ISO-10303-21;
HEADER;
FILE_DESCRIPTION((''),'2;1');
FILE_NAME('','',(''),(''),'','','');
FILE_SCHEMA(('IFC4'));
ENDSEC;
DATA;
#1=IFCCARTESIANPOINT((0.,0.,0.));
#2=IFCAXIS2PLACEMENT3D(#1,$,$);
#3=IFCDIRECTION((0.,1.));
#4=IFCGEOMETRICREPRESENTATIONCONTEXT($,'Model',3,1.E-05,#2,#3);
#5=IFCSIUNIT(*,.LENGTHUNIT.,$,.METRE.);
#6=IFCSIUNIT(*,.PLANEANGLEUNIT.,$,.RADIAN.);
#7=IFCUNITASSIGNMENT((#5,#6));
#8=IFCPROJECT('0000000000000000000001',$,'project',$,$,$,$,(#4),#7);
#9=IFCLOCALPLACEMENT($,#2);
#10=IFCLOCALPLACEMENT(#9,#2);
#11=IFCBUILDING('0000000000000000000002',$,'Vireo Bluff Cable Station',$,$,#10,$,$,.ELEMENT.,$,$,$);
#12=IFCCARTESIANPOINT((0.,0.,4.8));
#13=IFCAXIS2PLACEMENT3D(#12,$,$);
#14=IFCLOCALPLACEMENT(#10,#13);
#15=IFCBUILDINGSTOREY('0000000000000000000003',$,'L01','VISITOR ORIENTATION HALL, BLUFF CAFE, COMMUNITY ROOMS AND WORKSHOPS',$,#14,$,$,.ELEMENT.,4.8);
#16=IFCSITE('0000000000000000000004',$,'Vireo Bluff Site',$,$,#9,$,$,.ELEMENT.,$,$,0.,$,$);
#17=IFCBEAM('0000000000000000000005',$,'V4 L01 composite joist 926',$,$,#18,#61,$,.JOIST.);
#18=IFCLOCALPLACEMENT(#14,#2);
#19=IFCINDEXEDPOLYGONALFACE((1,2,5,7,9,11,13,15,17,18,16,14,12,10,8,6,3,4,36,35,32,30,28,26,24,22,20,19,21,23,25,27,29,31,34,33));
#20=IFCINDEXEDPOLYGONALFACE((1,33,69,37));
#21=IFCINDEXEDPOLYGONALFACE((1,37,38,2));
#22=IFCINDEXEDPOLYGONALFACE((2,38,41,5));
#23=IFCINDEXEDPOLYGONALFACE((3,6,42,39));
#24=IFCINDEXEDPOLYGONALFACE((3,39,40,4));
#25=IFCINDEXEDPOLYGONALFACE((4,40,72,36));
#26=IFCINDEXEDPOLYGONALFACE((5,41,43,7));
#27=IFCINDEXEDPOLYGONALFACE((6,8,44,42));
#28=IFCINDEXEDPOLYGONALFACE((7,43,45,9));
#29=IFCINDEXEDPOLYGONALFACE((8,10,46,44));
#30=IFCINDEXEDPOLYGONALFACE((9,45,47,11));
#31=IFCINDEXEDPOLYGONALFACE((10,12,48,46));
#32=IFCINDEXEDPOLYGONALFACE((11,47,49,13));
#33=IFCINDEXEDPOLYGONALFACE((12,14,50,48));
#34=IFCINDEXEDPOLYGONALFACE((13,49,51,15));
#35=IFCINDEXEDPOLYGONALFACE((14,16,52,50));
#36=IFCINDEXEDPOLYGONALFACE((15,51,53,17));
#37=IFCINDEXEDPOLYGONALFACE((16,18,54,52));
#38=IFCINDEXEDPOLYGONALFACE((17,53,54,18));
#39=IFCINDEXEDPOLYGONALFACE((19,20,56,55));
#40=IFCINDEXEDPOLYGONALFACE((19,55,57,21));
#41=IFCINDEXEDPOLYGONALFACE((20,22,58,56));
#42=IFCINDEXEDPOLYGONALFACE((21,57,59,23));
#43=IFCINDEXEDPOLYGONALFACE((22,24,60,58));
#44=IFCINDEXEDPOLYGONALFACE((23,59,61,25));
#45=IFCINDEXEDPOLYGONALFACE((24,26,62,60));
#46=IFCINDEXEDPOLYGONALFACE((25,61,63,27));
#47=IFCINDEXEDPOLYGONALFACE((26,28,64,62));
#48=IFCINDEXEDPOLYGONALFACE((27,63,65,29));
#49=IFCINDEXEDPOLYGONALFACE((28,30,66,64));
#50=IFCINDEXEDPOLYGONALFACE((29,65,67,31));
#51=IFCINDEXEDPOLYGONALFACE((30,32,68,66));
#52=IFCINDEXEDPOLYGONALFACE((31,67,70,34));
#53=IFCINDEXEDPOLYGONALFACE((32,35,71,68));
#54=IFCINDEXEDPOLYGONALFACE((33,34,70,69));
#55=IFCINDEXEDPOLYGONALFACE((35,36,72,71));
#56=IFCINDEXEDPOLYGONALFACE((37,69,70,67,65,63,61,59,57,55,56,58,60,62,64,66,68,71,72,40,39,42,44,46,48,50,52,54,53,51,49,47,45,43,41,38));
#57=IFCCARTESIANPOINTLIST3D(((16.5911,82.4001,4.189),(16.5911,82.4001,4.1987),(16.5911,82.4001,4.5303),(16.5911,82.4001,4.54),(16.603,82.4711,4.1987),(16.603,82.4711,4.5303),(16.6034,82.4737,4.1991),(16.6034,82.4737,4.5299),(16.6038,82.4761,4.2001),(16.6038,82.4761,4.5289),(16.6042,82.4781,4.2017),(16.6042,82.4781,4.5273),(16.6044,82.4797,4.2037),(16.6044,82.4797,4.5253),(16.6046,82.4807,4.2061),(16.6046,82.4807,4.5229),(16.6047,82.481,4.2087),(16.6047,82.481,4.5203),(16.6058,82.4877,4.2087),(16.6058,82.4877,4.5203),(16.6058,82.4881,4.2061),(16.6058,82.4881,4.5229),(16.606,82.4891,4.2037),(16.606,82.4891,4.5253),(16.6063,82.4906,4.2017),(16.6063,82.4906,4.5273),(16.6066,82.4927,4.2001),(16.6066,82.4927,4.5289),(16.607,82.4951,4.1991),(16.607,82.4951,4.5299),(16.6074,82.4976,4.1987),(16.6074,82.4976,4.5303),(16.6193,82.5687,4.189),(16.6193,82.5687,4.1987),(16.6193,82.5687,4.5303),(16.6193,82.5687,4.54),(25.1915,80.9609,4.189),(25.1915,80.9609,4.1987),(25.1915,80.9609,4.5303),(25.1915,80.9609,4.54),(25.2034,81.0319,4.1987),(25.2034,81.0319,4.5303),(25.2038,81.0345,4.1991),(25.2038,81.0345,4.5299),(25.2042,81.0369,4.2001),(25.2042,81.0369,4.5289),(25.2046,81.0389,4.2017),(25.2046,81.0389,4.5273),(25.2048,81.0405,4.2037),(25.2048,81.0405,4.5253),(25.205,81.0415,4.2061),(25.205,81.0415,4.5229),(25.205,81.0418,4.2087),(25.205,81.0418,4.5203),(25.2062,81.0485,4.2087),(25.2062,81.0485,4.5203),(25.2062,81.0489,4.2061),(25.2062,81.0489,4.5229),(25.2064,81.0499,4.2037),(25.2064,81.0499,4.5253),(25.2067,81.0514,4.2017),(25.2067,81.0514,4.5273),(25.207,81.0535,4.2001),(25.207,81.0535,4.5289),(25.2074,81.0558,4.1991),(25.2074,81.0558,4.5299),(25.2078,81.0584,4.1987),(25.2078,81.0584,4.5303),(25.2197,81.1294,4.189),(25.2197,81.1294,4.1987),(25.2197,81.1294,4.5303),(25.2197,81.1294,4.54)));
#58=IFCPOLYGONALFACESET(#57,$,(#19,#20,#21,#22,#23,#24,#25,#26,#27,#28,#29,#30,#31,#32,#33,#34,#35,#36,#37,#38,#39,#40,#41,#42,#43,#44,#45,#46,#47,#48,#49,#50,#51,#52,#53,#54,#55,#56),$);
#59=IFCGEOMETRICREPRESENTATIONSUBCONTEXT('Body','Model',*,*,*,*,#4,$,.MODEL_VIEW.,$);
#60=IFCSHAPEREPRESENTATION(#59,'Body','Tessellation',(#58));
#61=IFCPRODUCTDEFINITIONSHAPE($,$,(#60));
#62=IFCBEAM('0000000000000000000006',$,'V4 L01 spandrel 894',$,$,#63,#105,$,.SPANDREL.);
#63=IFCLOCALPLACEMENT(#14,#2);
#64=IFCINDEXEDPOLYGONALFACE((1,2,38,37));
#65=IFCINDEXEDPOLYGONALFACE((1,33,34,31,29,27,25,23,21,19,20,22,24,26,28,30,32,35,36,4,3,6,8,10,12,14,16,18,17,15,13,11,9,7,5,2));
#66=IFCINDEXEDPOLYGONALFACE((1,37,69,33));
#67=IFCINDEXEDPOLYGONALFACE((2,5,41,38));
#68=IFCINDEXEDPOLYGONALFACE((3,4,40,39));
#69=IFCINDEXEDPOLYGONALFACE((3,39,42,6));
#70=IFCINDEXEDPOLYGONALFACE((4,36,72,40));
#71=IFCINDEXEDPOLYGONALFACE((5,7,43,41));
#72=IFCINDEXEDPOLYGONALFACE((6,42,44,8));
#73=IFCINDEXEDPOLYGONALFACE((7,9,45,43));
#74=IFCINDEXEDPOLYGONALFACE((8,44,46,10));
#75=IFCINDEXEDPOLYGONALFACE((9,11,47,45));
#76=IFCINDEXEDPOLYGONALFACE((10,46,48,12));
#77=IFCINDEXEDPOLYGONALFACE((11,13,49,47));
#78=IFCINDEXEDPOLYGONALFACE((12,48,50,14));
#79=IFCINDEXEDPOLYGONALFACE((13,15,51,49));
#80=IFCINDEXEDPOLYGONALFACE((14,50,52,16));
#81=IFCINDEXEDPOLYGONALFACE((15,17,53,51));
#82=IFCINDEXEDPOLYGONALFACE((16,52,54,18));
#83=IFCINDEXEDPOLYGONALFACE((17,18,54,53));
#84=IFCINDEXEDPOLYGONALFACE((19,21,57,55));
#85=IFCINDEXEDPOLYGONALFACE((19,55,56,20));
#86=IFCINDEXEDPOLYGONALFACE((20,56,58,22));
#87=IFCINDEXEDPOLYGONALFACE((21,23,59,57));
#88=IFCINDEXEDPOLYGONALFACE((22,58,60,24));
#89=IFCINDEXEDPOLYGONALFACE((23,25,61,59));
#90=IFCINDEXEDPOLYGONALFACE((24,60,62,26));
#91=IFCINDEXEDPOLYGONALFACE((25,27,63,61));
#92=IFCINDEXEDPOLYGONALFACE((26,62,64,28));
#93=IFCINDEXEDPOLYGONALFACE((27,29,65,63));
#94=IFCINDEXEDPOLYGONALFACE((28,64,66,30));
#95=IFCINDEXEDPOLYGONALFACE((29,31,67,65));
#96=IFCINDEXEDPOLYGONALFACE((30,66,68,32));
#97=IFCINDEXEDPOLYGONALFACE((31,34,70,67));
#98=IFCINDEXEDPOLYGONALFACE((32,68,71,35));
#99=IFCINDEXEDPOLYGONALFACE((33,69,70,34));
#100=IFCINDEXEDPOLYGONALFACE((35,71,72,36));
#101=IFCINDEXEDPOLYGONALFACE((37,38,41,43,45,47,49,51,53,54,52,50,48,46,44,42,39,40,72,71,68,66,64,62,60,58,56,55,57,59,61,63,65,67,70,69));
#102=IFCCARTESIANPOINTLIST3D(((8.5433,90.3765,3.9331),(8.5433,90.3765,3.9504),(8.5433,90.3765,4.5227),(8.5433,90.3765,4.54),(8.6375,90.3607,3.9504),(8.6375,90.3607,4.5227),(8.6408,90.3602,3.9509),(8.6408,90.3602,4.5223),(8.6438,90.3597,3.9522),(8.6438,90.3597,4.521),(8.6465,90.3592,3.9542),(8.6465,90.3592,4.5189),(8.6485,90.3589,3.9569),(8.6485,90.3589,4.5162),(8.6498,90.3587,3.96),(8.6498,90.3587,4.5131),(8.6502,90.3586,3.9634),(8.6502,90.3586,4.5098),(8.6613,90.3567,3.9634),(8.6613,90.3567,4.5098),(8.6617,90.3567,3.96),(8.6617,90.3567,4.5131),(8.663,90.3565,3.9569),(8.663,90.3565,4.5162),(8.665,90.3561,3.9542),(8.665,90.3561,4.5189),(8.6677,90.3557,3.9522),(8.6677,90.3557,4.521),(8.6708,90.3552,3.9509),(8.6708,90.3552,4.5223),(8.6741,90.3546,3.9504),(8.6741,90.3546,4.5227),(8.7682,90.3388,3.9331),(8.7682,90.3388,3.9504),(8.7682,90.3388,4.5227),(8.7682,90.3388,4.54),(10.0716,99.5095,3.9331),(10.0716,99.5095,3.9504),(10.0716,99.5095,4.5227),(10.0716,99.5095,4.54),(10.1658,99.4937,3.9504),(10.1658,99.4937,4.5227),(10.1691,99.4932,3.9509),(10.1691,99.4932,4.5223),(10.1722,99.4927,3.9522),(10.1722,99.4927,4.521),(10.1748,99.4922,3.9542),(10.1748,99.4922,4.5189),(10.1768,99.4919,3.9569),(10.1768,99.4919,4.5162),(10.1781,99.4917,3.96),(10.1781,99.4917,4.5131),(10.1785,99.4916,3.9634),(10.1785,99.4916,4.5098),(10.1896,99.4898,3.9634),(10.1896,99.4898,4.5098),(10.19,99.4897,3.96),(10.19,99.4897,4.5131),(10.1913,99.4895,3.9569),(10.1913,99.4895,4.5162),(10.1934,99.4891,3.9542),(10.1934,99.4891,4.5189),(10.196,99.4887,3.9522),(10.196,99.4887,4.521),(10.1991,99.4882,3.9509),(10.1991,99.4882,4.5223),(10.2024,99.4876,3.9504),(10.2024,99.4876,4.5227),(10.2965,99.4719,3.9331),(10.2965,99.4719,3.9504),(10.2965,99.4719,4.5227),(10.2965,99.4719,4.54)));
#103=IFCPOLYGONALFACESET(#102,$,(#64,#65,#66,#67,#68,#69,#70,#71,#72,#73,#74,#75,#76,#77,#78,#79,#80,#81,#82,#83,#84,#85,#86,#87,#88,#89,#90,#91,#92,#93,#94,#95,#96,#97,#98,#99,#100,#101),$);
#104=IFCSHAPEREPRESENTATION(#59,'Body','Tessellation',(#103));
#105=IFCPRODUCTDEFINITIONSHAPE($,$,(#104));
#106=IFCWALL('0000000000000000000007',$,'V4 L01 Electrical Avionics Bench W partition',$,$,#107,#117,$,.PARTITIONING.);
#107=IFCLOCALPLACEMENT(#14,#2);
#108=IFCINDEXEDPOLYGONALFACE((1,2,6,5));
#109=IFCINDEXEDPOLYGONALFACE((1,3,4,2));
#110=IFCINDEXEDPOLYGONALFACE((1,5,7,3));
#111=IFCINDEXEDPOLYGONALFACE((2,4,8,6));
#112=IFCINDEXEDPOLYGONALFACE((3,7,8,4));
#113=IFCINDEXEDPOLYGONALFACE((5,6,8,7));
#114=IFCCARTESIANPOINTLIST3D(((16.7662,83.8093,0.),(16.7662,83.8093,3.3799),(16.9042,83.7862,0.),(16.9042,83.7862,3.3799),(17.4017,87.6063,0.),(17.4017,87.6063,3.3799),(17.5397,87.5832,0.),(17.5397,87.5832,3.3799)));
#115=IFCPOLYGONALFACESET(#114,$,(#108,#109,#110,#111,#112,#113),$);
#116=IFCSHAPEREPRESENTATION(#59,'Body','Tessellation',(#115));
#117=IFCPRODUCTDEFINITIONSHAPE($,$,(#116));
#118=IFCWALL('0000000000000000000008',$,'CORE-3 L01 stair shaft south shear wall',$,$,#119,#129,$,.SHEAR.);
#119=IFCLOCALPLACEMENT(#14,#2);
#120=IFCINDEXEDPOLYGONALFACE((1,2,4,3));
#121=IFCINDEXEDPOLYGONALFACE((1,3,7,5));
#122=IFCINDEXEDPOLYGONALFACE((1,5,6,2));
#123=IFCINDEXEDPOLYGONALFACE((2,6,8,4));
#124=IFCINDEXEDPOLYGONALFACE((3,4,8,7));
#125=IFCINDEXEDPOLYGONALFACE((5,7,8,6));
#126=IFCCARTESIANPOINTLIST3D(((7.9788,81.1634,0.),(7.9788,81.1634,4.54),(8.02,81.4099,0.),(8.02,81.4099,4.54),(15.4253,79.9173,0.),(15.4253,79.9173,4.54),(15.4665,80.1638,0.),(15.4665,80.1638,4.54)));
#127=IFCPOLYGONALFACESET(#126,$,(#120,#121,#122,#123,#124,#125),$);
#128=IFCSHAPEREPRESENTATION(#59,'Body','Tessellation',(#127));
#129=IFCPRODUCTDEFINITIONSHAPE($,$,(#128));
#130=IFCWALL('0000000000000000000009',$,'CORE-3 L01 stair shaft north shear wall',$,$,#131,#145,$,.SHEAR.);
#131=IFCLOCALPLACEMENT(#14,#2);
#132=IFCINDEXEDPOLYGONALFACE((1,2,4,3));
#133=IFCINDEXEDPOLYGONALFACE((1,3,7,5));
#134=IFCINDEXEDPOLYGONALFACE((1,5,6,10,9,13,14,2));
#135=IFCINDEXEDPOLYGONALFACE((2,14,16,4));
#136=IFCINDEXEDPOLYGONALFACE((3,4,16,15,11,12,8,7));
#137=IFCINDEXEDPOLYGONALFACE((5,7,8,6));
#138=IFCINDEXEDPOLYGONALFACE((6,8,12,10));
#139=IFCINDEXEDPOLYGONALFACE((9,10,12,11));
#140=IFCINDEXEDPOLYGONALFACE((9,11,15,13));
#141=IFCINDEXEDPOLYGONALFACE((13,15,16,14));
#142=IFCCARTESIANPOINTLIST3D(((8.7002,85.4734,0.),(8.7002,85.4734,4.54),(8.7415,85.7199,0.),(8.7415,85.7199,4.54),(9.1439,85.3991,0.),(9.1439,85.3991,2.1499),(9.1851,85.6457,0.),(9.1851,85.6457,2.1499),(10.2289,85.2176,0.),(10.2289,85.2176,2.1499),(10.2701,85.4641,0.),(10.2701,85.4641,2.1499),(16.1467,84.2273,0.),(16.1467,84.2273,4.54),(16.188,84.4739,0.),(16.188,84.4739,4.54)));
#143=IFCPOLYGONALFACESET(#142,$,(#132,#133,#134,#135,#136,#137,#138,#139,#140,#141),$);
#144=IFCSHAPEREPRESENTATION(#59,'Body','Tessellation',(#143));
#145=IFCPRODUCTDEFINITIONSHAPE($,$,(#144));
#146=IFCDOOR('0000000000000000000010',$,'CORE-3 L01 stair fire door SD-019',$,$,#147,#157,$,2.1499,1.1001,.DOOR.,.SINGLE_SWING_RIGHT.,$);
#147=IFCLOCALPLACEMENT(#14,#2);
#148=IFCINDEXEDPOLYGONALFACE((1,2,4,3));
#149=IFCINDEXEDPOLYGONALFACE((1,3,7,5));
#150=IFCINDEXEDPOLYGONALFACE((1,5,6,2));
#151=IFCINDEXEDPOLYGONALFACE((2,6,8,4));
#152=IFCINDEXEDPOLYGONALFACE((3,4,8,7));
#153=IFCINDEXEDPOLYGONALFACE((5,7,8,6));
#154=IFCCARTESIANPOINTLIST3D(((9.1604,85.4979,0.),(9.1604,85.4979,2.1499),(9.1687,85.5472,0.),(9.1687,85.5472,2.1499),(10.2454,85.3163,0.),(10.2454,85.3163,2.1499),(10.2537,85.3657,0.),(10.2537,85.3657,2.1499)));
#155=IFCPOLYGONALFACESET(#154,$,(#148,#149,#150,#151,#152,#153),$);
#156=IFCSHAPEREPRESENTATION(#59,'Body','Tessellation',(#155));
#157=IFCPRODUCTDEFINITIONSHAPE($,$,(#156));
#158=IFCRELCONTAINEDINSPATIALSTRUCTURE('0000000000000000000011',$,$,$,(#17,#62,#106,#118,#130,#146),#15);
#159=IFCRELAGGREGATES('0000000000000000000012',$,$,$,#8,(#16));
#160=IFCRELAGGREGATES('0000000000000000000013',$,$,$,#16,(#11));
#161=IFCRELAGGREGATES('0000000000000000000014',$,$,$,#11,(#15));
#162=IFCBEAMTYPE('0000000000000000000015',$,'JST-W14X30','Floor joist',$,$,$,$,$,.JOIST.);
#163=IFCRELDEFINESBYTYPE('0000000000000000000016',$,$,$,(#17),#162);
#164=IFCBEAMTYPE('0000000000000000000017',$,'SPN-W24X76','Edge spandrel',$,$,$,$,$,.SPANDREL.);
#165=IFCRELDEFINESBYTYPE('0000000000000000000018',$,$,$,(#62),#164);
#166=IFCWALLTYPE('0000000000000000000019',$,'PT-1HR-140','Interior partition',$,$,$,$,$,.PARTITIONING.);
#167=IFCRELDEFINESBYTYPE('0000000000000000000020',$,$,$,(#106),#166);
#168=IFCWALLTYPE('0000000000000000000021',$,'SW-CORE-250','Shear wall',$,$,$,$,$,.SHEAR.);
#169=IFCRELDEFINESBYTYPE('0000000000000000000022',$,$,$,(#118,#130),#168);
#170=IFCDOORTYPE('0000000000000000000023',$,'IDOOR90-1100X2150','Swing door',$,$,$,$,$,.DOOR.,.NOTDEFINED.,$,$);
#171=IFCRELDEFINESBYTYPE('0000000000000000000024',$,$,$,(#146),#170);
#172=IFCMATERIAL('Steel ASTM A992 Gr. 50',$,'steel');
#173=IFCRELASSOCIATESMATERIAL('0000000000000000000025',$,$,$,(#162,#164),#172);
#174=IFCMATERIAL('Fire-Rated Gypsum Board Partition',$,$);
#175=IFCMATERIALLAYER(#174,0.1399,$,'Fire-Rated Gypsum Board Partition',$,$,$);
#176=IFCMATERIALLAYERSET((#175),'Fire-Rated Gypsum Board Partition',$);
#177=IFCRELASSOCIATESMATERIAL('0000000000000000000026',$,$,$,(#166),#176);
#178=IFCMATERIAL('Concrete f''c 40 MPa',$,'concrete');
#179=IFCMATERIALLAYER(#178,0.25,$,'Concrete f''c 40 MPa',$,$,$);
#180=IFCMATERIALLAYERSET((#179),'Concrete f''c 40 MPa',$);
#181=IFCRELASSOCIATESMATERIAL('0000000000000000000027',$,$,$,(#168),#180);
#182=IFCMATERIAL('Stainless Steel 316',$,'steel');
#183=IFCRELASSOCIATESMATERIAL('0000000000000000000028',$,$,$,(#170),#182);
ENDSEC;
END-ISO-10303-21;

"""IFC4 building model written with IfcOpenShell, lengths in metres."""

from ifc_helpers import new_model, si_unit, direction, frame, frame_2d, origin, origin_with_axes, origin_2d, place, context, subcontext, project, spatial, rectangle, i_section, extrude, material, layer, layer_set, material_profile, profile_set, type_object, element, fill, save


model = new_model("IFC4")

# Units and contexts
model_context = context("Model", 3, precision=1e-05, world=origin(), true_north=direction((0.0, 1.0)))
body_context = subcontext(model_context, "Body", "Model", "MODEL_VIEW")
ifc_project = project(units=[si_unit("LENGTHUNIT", "METRE"), si_unit("PLANEANGLEUNIT", "RADIAN")], contexts=[model_context])

# Site, building, storey
site_placement = place(None, origin())
site = spatial("IfcSite", under=ifc_project, at=site_placement, Name="Vireo Bluff Site", CompositionType="ELEMENT", RefElevation=0.0)
building_placement = place(site_placement, origin())
building = spatial("IfcBuilding", under=site, at=building_placement, Name="Vireo Bluff Cable Station", CompositionType="ELEMENT")
storey_placement = place(building_placement, frame((0.0, 0.0, 4.8)))
storey = spatial("IfcBuildingStorey", under=building, at=storey_placement, Name="L01", Description="VISITOR ORIENTATION HALL, BLUFF CAFE, COMMUNITY ROOMS AND WORKSHOPS", CompositionType="ELEMENT", Elevation=4.8)

# Shared definitions
ifc_material_1 = material(Name="Steel ASTM A992 Gr. 50", Category="steel")

# Beams
ifc_material_profile_1 = material_profile(ifc_material_1, i_section(OverallWidth=0.1709, OverallDepth=0.3511, WebThickness=0.0068, FlangeThickness=0.0098, FilletRadius=0.01, at=origin_2d()), Name="W14X30")
ifc_profile_set_1 = profile_set([ifc_material_profile_1], Name="Steel ASTM A992 Gr. 50")
beam_type_1 = type_object("IfcBeamType", Name="JST-W14X30", Description="Floor joist", PredefinedType="JOIST", material=ifc_profile_set_1)
beam_1_placement = place(storey_placement, frame((16.6052, 82.4844, 4.3645), z_axis=(0.986286, -0.165048, 0.0), x_axis=(0.165048, 0.986286, 0.0)))
element("IfcBeam", 1, at=beam_1_placement, inside=storey, type_object=beam_type_1, Name="V4 L01 composite joist 926", PredefinedType="JOIST", context=body_context, shape_type="SweptSolid", body=[
    extrude(i_section(OverallWidth=0.1709, OverallDepth=0.3511, WebThickness=0.0068, FlangeThickness=0.0098, FilletRadius=0.01, at=origin_2d()), origin(), (0.0, 0.0, 1.0), 8.72),
])
ifc_material_profile_2 = material_profile(ifc_material_1, i_section(OverallWidth=0.228, OverallDepth=0.6069, WebThickness=0.0112, FlangeThickness=0.0173, FilletRadius=0.0129, at=origin_2d()), Name="W24X76")
ifc_profile_set_2 = profile_set([ifc_material_profile_2], Name="Steel ASTM A992 Gr. 50")
beam_type_2 = type_object("IfcBeamType", Name="SPN-W24X76", Description="Edge spandrel", PredefinedType="SPANDREL", material=ifc_profile_set_2)
beam_2_placement = place(storey_placement, frame((8.6558, 90.3577, 4.2366), z_axis=(0.165045, 0.986286, 0.0), x_axis=(-0.986286, 0.165045, 0.0)))
element("IfcBeam", 2, at=beam_2_placement, inside=storey, type_object=beam_type_2, Name="V4 L01 spandrel 894", PredefinedType="SPANDREL", context=body_context, shape_type="SweptSolid", body=[
    extrude(i_section(OverallWidth=0.228, OverallDepth=0.6069, WebThickness=0.0112, FlangeThickness=0.0173, FilletRadius=0.0129, at=origin_2d()), origin(), (0.0, 0.0, 1.0), 9.26),
])

# Walls
ifc_material_2 = material(Name="Fire-Rated Gypsum Board Partition")
ifc_layer_1 = layer(ifc_material_2, 0.1399, Name="Fire-Rated Gypsum Board Partition")
ifc_layer_set_1 = layer_set([ifc_layer_1], Name="Fire-Rated Gypsum Board Partition")
wall_type_1 = type_object("IfcWallType", Name="PT-1HR-140", Description="Interior partition", PredefinedType="PARTITIONING", material=ifc_layer_set_1)
wall_1_placement = place(storey_placement, frame((16.8352, 83.7979, 0.0), z_axis=(0.0, 0.0, 1.0), x_axis=(0.165067, 0.986282, 0.0)))
element("IfcWall", 3, at=wall_1_placement, inside=storey, type_object=wall_type_1, Name="V4 L01 Electrical Avionics Bench W partition", PredefinedType="PARTITIONING", context=body_context, shape_type="SweptSolid", body=[
    extrude(rectangle(XDim=3.8499, YDim=0.1399, at=frame_2d((1.9248, 0.0))), origin(), (0.0, 0.0, 1.0), 3.3799),
])
ifc_material_3 = material(Name="Concrete f'c 40 MPa", Category="concrete")
ifc_layer_2 = layer(ifc_material_3, 0.25, Name="Concrete f'c 40 MPa")
ifc_layer_set_2 = layer_set([ifc_layer_2], Name="Concrete f'c 40 MPa")
wall_type_2 = type_object("IfcWallType", Name="SW-CORE-250", Description="Shear wall", PredefinedType="SHEAR", material=ifc_layer_set_2)
wall_2_placement = place(storey_placement, frame((7.9995, 81.2866, 0.0), z_axis=(0.0, 0.0, 1.0), x_axis=(0.986286, -0.165044, 0.0)))
element("IfcWall", 4, at=wall_2_placement, inside=storey, type_object=wall_type_2, Name="CORE-3 L01 stair shaft south shear wall", PredefinedType="SHEAR", context=body_context, shape_type="SweptSolid", body=[
    extrude(rectangle(XDim=7.55, YDim=0.25, at=frame_2d((3.7749, 0.0))), origin(), (0.0, 0.0, 1.0), 4.54),
])

# Wall, opening, door
wall_3_placement = place(storey_placement, frame((16.1672, 84.3506, 0.0), z_axis=(0.0, 0.0, 1.0), x_axis=(-0.986286, 0.165044, 0.0)))
wall_3 = element("IfcWall", 5, at=wall_3_placement, inside=storey, type_object=wall_type_2, Name="CORE-3 L01 stair shaft north shear wall", PredefinedType="SHEAR", context=body_context, shape_type="SweptSolid", body=[
    extrude(rectangle(XDim=7.55, YDim=0.25, at=frame_2d((3.7749, 0.0))), origin(), (0.0, 0.0, 1.0), 4.54),
])
opening_1_placement = place(wall_3_placement, frame((6.0, 0.0, 0.0)))
opening_1 = element("IfcOpeningElement", 6, at=opening_1_placement, cuts=wall_3, PredefinedType="OPENING", context=body_context, shape_type="SweptSolid", body=[
    extrude(rectangle(XDim=1.1001, YDim=2.1499, at=frame_2d((0.55, 1.075))), frame((0.0, 0.135, 0.0), z_axis=(0.0, -1.0, 0.0), x_axis=(1.0, 0.0, 0.0)), (0.0, 0.0, 1.0), 0.27),
])
ifc_material_4 = material(Name="Stainless Steel 316", Category="steel")
door_type_1 = type_object("IfcDoorType", Name="IDOOR90-1100X2150", Description="Swing door", OperationType="NOTDEFINED", PredefinedType="DOOR", material=ifc_material_4)
door_1_placement = place(opening_1_placement, origin_with_axes())
door_1 = element("IfcDoor", 7, at=door_1_placement, inside=storey, type_object=door_type_1, Name="CORE-3 L01 stair fire door SD-019", OperationType="SINGLE_SWING_RIGHT", OverallHeight=2.1499, OverallWidth=1.1001, PredefinedType="DOOR", context=body_context, shape_type="SweptSolid", body=[
    extrude(rectangle(XDim=1.1001, YDim=2.1499, at=frame_2d((0.55, 1.075))), frame((0.0, 0.0249, 0.0), z_axis=(0.0, -1.0, 0.0), x_axis=(1.0, 0.0, 0.0)), (0.0, 0.0, 1.0), 0.05),
])
fill(opening_1, door_1)

save(model, "model.ifc")
